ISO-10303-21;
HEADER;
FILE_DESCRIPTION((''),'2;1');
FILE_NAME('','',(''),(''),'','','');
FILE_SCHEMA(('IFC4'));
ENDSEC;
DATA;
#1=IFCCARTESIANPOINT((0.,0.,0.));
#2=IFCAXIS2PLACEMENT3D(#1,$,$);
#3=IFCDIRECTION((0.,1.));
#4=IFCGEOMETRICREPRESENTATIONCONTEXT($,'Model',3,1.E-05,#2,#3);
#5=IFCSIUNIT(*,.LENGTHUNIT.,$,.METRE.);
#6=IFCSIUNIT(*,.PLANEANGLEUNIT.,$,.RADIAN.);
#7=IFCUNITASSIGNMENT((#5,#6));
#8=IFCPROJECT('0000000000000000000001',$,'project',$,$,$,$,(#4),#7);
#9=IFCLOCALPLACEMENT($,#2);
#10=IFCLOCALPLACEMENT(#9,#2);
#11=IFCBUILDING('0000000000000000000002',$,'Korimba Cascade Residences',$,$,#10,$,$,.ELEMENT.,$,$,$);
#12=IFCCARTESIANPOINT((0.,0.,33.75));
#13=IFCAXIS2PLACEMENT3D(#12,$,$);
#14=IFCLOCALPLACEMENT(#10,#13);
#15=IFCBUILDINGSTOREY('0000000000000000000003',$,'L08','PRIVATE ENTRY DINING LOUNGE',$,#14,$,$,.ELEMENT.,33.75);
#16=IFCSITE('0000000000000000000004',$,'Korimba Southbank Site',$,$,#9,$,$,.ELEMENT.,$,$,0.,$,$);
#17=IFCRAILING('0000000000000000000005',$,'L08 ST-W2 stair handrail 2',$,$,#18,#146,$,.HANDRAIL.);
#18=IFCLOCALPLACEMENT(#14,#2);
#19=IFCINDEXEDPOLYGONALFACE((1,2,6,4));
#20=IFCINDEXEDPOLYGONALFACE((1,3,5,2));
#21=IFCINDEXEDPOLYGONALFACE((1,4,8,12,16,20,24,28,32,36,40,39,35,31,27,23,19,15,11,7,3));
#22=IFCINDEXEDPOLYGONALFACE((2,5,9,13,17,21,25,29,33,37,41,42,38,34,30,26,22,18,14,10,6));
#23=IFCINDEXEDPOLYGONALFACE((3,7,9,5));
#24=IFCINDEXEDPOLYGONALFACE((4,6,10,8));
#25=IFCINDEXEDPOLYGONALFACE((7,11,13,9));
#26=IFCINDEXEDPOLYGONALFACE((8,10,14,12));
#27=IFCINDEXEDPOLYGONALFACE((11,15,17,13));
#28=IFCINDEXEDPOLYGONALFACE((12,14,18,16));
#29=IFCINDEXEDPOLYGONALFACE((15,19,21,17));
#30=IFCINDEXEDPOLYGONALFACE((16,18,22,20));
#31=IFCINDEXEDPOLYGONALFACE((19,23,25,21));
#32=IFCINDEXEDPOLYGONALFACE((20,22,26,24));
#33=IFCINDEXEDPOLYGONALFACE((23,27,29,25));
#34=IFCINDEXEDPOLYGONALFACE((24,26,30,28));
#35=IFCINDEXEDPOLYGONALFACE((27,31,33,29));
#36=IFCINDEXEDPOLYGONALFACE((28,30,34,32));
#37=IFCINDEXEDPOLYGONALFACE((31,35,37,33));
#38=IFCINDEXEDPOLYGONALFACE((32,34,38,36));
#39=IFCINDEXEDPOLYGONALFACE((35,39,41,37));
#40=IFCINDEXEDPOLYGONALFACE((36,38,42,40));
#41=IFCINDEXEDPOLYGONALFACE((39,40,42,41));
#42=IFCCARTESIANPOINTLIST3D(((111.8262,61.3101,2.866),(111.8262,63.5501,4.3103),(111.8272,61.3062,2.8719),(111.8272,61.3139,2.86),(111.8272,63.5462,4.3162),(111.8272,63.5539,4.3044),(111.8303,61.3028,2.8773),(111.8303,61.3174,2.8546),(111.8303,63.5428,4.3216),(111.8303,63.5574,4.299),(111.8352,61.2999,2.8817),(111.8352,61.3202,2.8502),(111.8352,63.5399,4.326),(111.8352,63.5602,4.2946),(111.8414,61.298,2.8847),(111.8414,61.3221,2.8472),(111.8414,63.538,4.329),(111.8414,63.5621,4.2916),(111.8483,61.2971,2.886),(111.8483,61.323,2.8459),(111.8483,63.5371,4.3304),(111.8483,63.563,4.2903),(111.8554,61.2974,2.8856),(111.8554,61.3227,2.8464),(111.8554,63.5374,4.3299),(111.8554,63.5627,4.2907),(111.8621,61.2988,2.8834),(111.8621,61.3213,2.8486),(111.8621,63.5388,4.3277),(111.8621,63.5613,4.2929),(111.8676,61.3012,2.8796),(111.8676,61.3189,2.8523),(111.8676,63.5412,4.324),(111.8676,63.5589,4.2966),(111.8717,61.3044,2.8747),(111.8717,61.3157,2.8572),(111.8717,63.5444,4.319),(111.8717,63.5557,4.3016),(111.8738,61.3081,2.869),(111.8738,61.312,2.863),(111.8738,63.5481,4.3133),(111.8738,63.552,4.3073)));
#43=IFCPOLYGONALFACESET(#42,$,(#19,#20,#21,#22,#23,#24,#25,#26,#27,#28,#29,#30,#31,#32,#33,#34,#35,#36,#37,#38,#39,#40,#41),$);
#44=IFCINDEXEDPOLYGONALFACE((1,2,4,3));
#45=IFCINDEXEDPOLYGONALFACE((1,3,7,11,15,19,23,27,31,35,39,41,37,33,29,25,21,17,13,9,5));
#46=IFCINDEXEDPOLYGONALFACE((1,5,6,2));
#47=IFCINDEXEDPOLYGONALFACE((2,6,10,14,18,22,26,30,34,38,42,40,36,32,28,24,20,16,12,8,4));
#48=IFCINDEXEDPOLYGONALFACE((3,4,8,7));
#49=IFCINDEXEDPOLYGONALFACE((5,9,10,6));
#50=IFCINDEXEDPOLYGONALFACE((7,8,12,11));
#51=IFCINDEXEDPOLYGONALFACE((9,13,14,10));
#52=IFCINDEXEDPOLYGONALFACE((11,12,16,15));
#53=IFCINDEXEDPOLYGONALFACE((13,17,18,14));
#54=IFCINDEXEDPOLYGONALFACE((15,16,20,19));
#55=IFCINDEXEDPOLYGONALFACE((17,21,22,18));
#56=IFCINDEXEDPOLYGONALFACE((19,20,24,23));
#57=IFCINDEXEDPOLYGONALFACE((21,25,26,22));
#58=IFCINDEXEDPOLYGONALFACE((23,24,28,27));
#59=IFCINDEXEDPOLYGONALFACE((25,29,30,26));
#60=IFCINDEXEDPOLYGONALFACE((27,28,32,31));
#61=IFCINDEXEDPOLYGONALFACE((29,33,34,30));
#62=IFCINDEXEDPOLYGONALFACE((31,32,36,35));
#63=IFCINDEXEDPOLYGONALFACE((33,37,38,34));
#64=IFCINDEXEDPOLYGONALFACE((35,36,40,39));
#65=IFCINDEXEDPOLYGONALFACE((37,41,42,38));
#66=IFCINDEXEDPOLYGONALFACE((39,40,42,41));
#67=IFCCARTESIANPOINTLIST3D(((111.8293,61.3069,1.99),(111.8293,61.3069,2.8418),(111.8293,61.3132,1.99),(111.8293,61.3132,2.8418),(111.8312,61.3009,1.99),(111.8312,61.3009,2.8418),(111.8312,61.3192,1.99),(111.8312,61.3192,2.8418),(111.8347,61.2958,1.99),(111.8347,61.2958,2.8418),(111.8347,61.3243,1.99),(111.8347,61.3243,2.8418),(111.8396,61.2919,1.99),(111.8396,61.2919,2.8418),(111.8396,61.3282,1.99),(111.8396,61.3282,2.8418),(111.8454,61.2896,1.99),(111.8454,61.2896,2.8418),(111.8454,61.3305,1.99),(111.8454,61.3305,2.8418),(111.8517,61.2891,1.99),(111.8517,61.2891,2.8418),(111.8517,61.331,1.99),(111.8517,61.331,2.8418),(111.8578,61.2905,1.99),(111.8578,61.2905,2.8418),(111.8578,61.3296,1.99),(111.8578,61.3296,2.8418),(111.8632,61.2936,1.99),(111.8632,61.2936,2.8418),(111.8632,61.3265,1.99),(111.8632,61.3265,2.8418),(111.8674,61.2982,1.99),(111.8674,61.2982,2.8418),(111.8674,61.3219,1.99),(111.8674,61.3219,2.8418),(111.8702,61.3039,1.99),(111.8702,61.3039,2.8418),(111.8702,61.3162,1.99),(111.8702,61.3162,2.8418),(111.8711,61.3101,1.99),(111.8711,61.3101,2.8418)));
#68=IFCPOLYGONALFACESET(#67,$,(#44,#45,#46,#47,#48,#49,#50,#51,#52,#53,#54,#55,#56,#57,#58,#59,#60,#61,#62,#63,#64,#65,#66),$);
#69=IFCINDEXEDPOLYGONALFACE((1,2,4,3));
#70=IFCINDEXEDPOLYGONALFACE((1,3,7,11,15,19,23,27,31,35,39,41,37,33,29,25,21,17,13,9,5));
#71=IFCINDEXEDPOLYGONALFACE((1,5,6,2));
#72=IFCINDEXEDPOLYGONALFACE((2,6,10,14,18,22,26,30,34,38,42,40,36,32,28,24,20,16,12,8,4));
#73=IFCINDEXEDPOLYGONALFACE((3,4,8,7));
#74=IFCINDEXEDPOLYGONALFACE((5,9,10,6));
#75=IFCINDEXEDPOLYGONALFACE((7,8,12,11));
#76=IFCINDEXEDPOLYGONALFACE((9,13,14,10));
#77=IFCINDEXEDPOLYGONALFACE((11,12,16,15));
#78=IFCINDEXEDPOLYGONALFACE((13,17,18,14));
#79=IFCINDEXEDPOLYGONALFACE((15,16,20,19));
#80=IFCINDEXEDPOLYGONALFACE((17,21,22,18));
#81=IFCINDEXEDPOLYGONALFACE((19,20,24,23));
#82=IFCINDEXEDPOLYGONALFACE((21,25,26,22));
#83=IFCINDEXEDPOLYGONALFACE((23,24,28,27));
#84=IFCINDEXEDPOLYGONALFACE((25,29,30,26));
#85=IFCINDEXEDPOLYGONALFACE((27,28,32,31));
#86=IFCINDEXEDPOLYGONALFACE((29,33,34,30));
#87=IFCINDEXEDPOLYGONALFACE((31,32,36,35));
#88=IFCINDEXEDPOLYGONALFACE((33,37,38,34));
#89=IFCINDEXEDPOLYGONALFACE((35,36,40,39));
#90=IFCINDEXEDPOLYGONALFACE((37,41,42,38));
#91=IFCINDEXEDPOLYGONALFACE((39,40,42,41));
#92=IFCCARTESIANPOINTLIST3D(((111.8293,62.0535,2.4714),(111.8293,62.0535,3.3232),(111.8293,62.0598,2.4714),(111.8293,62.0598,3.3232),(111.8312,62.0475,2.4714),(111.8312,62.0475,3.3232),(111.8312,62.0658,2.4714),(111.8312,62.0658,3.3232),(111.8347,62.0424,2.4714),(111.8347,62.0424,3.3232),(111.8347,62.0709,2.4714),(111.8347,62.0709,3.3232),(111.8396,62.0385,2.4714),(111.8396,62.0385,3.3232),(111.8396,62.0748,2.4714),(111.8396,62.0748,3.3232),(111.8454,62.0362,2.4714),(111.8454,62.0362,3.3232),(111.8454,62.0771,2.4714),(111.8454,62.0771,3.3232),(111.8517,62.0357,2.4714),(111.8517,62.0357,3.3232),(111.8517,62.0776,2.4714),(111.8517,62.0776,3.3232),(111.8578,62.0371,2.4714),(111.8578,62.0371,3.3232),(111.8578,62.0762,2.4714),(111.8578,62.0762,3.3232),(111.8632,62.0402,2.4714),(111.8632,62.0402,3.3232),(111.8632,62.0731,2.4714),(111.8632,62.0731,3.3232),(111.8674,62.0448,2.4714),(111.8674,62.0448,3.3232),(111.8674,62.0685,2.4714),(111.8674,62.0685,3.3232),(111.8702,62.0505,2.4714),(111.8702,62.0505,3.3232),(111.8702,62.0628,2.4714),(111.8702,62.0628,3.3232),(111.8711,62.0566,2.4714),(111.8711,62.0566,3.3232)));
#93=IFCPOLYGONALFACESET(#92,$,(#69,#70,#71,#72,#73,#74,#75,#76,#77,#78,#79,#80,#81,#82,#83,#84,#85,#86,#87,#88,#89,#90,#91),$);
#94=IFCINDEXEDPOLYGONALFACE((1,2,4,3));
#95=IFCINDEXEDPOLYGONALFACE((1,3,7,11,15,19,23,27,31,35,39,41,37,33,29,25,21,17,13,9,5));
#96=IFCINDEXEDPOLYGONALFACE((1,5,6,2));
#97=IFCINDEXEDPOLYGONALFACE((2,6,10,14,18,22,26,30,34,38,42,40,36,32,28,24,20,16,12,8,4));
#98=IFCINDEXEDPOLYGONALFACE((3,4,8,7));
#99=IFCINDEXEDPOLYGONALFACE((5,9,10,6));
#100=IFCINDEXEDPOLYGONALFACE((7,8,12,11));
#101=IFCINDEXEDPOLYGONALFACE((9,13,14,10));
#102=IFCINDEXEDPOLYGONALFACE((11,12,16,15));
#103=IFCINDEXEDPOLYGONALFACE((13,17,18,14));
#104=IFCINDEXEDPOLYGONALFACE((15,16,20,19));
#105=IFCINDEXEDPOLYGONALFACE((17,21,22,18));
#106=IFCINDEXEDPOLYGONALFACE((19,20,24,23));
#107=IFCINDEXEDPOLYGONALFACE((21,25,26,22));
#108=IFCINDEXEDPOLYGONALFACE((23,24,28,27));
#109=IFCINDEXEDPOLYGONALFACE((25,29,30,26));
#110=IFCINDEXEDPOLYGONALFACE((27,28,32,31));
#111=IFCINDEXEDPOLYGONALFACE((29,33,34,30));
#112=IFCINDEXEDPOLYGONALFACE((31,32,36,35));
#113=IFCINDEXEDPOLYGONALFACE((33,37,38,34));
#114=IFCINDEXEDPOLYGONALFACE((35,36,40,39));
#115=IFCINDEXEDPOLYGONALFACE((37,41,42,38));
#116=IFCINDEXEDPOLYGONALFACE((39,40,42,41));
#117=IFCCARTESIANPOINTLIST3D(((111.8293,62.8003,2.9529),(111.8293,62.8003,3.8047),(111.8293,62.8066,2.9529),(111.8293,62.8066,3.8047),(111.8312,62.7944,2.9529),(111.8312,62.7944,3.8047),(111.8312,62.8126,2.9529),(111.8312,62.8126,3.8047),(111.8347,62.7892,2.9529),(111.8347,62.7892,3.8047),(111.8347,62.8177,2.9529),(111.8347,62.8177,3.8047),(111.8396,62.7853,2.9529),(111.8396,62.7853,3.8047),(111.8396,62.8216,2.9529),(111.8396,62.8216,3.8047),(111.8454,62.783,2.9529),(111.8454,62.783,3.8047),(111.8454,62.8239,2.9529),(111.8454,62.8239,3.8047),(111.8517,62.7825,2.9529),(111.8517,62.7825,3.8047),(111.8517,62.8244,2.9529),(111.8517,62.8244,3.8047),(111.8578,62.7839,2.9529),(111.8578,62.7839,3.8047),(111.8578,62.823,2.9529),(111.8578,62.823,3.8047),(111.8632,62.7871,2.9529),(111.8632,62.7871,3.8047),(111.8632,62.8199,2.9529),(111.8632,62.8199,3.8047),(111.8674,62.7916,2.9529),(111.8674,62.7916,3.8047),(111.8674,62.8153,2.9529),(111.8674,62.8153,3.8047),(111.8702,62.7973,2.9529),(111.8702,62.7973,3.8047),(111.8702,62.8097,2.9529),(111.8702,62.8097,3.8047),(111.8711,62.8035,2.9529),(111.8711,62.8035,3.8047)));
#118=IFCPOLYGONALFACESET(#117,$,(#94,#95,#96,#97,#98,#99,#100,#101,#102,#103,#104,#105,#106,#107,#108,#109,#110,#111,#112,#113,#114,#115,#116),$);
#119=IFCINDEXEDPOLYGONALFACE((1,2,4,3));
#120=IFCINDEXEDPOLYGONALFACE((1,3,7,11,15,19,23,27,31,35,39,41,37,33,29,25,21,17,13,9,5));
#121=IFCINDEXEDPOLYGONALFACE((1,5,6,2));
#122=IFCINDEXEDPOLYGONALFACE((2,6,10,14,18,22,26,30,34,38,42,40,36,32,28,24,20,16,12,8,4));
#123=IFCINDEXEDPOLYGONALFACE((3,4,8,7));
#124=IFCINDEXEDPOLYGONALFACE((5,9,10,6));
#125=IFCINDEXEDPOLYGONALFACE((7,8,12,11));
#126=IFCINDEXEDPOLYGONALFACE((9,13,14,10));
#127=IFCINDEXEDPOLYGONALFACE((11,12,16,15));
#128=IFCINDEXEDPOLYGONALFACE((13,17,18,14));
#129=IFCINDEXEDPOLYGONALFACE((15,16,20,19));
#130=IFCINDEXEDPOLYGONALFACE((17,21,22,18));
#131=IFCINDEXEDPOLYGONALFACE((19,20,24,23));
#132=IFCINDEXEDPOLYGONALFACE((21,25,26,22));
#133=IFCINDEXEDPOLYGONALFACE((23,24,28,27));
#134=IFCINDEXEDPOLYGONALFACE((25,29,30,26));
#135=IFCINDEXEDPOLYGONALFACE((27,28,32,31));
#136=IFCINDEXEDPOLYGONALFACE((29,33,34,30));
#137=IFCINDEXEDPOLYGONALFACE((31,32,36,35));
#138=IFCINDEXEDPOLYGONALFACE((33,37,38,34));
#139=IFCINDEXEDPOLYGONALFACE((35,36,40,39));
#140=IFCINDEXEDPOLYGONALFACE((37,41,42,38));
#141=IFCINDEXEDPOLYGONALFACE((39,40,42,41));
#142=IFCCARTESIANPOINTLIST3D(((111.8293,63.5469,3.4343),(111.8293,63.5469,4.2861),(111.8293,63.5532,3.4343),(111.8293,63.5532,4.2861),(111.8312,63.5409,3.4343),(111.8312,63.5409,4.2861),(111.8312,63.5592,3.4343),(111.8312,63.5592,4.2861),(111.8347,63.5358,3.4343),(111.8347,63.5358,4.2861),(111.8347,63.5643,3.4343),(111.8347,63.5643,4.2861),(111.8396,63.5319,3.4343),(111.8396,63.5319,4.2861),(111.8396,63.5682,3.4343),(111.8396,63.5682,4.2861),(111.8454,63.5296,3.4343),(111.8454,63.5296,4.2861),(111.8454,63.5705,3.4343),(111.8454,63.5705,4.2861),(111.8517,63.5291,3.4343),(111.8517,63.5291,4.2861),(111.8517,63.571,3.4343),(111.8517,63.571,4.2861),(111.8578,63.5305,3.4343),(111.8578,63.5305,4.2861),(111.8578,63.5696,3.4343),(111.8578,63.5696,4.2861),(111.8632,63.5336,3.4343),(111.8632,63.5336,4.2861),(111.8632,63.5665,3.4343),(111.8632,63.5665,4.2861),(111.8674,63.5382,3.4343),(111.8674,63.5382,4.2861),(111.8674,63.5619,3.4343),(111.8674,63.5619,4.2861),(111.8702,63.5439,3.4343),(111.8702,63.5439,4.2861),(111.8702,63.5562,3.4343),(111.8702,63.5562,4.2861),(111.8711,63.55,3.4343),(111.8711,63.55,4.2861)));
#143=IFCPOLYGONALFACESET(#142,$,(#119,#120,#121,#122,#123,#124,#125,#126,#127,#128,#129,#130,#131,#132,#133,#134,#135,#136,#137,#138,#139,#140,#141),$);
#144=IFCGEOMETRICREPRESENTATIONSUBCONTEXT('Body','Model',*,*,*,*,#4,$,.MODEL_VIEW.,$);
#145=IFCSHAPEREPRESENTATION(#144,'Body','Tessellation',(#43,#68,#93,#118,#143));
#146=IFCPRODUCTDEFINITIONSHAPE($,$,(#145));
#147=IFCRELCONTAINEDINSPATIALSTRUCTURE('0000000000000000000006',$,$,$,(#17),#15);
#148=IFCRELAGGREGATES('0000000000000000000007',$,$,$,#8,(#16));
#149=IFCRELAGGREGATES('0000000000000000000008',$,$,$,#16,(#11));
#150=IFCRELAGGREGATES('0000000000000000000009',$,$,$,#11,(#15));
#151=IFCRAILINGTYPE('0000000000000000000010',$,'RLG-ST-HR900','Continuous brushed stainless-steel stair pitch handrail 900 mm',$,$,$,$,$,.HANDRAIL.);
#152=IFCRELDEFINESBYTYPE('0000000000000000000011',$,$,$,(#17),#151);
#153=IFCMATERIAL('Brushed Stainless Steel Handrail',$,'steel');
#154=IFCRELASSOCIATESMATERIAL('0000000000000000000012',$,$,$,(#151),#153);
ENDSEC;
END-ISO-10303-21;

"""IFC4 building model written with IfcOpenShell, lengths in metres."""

from ifc_helpers import new_model, si_unit, direction, frame, origin, origin_2d, place, context, subcontext, project, spatial, circle, extrude, material, type_object, element, save


model = new_model("IFC4")

# Units and contexts
model_context = context("Model", 3, precision=1e-05, world=origin(), true_north=direction((0.0, 1.0)))
body_context = subcontext(model_context, "Body", "Model", "MODEL_VIEW")
ifc_project = project(units=[si_unit("LENGTHUNIT", "METRE"), si_unit("PLANEANGLEUNIT", "RADIAN")], contexts=[model_context])

# Site, building, storey
site_placement = place(None, origin())
site = spatial("IfcSite", under=ifc_project, at=site_placement, Name="Korimba Southbank Site", CompositionType="ELEMENT", RefElevation=0.0)
building_placement = place(site_placement, origin())
building = spatial("IfcBuilding", under=site, at=building_placement, Name="Korimba Cascade Residences", CompositionType="ELEMENT")
storey_placement = place(building_placement, frame((0.0, 0.0, 33.75)))
storey = spatial("IfcBuildingStorey", under=building, at=storey_placement, Name="L08", Description="PRIVATE ENTRY DINING LOUNGE", CompositionType="ELEMENT", Elevation=33.75)

# Railing
ifc_material_1 = material(Name="Brushed Stainless Steel Handrail", Category="steel")
railing_type_1 = type_object("IfcRailingType", Name="RLG-ST-HR900", Description="Continuous brushed stainless-steel stair pitch handrail 900 mm", PredefinedType="HANDRAIL", material=ifc_material_1)
railing_1_placement = place(storey_placement, frame((111.8501, 61.3101, 1.99)))
element("IfcRailing", 1, at=railing_1_placement, inside=storey, type_object=railing_type_1, Name="L08 ST-W2 stair handrail 2", PredefinedType="HANDRAIL", context=body_context, shape_type="SweptSolid", body=[
    extrude(circle(Radius=0.0239, at=origin_2d()), frame((0.0, 0.0, 0.876), z_axis=(0.0, 0.840437, 0.54191), x_axis=(-1.0, 0.0, 0.0)), (0.0, 0.0, 1.0), 2.6653),
    extrude(circle(Radius=0.021, at=origin_2d()), origin(), (0.0, 0.0, 1.0), 0.8518),
    extrude(circle(Radius=0.021, at=origin_2d()), frame((0.0, 0.7466, 0.4814)), (0.0, 0.0, 1.0), 0.8518),
    extrude(circle(Radius=0.021, at=origin_2d()), frame((0.0, 1.4934, 0.9629)), (0.0, 0.0, 1.0), 0.8518),
    extrude(circle(Radius=0.021, at=origin_2d()), frame((0.0, 2.24, 1.4443)), (0.0, 0.0, 1.0), 0.8518),
])

save(model, "model.ifc")
